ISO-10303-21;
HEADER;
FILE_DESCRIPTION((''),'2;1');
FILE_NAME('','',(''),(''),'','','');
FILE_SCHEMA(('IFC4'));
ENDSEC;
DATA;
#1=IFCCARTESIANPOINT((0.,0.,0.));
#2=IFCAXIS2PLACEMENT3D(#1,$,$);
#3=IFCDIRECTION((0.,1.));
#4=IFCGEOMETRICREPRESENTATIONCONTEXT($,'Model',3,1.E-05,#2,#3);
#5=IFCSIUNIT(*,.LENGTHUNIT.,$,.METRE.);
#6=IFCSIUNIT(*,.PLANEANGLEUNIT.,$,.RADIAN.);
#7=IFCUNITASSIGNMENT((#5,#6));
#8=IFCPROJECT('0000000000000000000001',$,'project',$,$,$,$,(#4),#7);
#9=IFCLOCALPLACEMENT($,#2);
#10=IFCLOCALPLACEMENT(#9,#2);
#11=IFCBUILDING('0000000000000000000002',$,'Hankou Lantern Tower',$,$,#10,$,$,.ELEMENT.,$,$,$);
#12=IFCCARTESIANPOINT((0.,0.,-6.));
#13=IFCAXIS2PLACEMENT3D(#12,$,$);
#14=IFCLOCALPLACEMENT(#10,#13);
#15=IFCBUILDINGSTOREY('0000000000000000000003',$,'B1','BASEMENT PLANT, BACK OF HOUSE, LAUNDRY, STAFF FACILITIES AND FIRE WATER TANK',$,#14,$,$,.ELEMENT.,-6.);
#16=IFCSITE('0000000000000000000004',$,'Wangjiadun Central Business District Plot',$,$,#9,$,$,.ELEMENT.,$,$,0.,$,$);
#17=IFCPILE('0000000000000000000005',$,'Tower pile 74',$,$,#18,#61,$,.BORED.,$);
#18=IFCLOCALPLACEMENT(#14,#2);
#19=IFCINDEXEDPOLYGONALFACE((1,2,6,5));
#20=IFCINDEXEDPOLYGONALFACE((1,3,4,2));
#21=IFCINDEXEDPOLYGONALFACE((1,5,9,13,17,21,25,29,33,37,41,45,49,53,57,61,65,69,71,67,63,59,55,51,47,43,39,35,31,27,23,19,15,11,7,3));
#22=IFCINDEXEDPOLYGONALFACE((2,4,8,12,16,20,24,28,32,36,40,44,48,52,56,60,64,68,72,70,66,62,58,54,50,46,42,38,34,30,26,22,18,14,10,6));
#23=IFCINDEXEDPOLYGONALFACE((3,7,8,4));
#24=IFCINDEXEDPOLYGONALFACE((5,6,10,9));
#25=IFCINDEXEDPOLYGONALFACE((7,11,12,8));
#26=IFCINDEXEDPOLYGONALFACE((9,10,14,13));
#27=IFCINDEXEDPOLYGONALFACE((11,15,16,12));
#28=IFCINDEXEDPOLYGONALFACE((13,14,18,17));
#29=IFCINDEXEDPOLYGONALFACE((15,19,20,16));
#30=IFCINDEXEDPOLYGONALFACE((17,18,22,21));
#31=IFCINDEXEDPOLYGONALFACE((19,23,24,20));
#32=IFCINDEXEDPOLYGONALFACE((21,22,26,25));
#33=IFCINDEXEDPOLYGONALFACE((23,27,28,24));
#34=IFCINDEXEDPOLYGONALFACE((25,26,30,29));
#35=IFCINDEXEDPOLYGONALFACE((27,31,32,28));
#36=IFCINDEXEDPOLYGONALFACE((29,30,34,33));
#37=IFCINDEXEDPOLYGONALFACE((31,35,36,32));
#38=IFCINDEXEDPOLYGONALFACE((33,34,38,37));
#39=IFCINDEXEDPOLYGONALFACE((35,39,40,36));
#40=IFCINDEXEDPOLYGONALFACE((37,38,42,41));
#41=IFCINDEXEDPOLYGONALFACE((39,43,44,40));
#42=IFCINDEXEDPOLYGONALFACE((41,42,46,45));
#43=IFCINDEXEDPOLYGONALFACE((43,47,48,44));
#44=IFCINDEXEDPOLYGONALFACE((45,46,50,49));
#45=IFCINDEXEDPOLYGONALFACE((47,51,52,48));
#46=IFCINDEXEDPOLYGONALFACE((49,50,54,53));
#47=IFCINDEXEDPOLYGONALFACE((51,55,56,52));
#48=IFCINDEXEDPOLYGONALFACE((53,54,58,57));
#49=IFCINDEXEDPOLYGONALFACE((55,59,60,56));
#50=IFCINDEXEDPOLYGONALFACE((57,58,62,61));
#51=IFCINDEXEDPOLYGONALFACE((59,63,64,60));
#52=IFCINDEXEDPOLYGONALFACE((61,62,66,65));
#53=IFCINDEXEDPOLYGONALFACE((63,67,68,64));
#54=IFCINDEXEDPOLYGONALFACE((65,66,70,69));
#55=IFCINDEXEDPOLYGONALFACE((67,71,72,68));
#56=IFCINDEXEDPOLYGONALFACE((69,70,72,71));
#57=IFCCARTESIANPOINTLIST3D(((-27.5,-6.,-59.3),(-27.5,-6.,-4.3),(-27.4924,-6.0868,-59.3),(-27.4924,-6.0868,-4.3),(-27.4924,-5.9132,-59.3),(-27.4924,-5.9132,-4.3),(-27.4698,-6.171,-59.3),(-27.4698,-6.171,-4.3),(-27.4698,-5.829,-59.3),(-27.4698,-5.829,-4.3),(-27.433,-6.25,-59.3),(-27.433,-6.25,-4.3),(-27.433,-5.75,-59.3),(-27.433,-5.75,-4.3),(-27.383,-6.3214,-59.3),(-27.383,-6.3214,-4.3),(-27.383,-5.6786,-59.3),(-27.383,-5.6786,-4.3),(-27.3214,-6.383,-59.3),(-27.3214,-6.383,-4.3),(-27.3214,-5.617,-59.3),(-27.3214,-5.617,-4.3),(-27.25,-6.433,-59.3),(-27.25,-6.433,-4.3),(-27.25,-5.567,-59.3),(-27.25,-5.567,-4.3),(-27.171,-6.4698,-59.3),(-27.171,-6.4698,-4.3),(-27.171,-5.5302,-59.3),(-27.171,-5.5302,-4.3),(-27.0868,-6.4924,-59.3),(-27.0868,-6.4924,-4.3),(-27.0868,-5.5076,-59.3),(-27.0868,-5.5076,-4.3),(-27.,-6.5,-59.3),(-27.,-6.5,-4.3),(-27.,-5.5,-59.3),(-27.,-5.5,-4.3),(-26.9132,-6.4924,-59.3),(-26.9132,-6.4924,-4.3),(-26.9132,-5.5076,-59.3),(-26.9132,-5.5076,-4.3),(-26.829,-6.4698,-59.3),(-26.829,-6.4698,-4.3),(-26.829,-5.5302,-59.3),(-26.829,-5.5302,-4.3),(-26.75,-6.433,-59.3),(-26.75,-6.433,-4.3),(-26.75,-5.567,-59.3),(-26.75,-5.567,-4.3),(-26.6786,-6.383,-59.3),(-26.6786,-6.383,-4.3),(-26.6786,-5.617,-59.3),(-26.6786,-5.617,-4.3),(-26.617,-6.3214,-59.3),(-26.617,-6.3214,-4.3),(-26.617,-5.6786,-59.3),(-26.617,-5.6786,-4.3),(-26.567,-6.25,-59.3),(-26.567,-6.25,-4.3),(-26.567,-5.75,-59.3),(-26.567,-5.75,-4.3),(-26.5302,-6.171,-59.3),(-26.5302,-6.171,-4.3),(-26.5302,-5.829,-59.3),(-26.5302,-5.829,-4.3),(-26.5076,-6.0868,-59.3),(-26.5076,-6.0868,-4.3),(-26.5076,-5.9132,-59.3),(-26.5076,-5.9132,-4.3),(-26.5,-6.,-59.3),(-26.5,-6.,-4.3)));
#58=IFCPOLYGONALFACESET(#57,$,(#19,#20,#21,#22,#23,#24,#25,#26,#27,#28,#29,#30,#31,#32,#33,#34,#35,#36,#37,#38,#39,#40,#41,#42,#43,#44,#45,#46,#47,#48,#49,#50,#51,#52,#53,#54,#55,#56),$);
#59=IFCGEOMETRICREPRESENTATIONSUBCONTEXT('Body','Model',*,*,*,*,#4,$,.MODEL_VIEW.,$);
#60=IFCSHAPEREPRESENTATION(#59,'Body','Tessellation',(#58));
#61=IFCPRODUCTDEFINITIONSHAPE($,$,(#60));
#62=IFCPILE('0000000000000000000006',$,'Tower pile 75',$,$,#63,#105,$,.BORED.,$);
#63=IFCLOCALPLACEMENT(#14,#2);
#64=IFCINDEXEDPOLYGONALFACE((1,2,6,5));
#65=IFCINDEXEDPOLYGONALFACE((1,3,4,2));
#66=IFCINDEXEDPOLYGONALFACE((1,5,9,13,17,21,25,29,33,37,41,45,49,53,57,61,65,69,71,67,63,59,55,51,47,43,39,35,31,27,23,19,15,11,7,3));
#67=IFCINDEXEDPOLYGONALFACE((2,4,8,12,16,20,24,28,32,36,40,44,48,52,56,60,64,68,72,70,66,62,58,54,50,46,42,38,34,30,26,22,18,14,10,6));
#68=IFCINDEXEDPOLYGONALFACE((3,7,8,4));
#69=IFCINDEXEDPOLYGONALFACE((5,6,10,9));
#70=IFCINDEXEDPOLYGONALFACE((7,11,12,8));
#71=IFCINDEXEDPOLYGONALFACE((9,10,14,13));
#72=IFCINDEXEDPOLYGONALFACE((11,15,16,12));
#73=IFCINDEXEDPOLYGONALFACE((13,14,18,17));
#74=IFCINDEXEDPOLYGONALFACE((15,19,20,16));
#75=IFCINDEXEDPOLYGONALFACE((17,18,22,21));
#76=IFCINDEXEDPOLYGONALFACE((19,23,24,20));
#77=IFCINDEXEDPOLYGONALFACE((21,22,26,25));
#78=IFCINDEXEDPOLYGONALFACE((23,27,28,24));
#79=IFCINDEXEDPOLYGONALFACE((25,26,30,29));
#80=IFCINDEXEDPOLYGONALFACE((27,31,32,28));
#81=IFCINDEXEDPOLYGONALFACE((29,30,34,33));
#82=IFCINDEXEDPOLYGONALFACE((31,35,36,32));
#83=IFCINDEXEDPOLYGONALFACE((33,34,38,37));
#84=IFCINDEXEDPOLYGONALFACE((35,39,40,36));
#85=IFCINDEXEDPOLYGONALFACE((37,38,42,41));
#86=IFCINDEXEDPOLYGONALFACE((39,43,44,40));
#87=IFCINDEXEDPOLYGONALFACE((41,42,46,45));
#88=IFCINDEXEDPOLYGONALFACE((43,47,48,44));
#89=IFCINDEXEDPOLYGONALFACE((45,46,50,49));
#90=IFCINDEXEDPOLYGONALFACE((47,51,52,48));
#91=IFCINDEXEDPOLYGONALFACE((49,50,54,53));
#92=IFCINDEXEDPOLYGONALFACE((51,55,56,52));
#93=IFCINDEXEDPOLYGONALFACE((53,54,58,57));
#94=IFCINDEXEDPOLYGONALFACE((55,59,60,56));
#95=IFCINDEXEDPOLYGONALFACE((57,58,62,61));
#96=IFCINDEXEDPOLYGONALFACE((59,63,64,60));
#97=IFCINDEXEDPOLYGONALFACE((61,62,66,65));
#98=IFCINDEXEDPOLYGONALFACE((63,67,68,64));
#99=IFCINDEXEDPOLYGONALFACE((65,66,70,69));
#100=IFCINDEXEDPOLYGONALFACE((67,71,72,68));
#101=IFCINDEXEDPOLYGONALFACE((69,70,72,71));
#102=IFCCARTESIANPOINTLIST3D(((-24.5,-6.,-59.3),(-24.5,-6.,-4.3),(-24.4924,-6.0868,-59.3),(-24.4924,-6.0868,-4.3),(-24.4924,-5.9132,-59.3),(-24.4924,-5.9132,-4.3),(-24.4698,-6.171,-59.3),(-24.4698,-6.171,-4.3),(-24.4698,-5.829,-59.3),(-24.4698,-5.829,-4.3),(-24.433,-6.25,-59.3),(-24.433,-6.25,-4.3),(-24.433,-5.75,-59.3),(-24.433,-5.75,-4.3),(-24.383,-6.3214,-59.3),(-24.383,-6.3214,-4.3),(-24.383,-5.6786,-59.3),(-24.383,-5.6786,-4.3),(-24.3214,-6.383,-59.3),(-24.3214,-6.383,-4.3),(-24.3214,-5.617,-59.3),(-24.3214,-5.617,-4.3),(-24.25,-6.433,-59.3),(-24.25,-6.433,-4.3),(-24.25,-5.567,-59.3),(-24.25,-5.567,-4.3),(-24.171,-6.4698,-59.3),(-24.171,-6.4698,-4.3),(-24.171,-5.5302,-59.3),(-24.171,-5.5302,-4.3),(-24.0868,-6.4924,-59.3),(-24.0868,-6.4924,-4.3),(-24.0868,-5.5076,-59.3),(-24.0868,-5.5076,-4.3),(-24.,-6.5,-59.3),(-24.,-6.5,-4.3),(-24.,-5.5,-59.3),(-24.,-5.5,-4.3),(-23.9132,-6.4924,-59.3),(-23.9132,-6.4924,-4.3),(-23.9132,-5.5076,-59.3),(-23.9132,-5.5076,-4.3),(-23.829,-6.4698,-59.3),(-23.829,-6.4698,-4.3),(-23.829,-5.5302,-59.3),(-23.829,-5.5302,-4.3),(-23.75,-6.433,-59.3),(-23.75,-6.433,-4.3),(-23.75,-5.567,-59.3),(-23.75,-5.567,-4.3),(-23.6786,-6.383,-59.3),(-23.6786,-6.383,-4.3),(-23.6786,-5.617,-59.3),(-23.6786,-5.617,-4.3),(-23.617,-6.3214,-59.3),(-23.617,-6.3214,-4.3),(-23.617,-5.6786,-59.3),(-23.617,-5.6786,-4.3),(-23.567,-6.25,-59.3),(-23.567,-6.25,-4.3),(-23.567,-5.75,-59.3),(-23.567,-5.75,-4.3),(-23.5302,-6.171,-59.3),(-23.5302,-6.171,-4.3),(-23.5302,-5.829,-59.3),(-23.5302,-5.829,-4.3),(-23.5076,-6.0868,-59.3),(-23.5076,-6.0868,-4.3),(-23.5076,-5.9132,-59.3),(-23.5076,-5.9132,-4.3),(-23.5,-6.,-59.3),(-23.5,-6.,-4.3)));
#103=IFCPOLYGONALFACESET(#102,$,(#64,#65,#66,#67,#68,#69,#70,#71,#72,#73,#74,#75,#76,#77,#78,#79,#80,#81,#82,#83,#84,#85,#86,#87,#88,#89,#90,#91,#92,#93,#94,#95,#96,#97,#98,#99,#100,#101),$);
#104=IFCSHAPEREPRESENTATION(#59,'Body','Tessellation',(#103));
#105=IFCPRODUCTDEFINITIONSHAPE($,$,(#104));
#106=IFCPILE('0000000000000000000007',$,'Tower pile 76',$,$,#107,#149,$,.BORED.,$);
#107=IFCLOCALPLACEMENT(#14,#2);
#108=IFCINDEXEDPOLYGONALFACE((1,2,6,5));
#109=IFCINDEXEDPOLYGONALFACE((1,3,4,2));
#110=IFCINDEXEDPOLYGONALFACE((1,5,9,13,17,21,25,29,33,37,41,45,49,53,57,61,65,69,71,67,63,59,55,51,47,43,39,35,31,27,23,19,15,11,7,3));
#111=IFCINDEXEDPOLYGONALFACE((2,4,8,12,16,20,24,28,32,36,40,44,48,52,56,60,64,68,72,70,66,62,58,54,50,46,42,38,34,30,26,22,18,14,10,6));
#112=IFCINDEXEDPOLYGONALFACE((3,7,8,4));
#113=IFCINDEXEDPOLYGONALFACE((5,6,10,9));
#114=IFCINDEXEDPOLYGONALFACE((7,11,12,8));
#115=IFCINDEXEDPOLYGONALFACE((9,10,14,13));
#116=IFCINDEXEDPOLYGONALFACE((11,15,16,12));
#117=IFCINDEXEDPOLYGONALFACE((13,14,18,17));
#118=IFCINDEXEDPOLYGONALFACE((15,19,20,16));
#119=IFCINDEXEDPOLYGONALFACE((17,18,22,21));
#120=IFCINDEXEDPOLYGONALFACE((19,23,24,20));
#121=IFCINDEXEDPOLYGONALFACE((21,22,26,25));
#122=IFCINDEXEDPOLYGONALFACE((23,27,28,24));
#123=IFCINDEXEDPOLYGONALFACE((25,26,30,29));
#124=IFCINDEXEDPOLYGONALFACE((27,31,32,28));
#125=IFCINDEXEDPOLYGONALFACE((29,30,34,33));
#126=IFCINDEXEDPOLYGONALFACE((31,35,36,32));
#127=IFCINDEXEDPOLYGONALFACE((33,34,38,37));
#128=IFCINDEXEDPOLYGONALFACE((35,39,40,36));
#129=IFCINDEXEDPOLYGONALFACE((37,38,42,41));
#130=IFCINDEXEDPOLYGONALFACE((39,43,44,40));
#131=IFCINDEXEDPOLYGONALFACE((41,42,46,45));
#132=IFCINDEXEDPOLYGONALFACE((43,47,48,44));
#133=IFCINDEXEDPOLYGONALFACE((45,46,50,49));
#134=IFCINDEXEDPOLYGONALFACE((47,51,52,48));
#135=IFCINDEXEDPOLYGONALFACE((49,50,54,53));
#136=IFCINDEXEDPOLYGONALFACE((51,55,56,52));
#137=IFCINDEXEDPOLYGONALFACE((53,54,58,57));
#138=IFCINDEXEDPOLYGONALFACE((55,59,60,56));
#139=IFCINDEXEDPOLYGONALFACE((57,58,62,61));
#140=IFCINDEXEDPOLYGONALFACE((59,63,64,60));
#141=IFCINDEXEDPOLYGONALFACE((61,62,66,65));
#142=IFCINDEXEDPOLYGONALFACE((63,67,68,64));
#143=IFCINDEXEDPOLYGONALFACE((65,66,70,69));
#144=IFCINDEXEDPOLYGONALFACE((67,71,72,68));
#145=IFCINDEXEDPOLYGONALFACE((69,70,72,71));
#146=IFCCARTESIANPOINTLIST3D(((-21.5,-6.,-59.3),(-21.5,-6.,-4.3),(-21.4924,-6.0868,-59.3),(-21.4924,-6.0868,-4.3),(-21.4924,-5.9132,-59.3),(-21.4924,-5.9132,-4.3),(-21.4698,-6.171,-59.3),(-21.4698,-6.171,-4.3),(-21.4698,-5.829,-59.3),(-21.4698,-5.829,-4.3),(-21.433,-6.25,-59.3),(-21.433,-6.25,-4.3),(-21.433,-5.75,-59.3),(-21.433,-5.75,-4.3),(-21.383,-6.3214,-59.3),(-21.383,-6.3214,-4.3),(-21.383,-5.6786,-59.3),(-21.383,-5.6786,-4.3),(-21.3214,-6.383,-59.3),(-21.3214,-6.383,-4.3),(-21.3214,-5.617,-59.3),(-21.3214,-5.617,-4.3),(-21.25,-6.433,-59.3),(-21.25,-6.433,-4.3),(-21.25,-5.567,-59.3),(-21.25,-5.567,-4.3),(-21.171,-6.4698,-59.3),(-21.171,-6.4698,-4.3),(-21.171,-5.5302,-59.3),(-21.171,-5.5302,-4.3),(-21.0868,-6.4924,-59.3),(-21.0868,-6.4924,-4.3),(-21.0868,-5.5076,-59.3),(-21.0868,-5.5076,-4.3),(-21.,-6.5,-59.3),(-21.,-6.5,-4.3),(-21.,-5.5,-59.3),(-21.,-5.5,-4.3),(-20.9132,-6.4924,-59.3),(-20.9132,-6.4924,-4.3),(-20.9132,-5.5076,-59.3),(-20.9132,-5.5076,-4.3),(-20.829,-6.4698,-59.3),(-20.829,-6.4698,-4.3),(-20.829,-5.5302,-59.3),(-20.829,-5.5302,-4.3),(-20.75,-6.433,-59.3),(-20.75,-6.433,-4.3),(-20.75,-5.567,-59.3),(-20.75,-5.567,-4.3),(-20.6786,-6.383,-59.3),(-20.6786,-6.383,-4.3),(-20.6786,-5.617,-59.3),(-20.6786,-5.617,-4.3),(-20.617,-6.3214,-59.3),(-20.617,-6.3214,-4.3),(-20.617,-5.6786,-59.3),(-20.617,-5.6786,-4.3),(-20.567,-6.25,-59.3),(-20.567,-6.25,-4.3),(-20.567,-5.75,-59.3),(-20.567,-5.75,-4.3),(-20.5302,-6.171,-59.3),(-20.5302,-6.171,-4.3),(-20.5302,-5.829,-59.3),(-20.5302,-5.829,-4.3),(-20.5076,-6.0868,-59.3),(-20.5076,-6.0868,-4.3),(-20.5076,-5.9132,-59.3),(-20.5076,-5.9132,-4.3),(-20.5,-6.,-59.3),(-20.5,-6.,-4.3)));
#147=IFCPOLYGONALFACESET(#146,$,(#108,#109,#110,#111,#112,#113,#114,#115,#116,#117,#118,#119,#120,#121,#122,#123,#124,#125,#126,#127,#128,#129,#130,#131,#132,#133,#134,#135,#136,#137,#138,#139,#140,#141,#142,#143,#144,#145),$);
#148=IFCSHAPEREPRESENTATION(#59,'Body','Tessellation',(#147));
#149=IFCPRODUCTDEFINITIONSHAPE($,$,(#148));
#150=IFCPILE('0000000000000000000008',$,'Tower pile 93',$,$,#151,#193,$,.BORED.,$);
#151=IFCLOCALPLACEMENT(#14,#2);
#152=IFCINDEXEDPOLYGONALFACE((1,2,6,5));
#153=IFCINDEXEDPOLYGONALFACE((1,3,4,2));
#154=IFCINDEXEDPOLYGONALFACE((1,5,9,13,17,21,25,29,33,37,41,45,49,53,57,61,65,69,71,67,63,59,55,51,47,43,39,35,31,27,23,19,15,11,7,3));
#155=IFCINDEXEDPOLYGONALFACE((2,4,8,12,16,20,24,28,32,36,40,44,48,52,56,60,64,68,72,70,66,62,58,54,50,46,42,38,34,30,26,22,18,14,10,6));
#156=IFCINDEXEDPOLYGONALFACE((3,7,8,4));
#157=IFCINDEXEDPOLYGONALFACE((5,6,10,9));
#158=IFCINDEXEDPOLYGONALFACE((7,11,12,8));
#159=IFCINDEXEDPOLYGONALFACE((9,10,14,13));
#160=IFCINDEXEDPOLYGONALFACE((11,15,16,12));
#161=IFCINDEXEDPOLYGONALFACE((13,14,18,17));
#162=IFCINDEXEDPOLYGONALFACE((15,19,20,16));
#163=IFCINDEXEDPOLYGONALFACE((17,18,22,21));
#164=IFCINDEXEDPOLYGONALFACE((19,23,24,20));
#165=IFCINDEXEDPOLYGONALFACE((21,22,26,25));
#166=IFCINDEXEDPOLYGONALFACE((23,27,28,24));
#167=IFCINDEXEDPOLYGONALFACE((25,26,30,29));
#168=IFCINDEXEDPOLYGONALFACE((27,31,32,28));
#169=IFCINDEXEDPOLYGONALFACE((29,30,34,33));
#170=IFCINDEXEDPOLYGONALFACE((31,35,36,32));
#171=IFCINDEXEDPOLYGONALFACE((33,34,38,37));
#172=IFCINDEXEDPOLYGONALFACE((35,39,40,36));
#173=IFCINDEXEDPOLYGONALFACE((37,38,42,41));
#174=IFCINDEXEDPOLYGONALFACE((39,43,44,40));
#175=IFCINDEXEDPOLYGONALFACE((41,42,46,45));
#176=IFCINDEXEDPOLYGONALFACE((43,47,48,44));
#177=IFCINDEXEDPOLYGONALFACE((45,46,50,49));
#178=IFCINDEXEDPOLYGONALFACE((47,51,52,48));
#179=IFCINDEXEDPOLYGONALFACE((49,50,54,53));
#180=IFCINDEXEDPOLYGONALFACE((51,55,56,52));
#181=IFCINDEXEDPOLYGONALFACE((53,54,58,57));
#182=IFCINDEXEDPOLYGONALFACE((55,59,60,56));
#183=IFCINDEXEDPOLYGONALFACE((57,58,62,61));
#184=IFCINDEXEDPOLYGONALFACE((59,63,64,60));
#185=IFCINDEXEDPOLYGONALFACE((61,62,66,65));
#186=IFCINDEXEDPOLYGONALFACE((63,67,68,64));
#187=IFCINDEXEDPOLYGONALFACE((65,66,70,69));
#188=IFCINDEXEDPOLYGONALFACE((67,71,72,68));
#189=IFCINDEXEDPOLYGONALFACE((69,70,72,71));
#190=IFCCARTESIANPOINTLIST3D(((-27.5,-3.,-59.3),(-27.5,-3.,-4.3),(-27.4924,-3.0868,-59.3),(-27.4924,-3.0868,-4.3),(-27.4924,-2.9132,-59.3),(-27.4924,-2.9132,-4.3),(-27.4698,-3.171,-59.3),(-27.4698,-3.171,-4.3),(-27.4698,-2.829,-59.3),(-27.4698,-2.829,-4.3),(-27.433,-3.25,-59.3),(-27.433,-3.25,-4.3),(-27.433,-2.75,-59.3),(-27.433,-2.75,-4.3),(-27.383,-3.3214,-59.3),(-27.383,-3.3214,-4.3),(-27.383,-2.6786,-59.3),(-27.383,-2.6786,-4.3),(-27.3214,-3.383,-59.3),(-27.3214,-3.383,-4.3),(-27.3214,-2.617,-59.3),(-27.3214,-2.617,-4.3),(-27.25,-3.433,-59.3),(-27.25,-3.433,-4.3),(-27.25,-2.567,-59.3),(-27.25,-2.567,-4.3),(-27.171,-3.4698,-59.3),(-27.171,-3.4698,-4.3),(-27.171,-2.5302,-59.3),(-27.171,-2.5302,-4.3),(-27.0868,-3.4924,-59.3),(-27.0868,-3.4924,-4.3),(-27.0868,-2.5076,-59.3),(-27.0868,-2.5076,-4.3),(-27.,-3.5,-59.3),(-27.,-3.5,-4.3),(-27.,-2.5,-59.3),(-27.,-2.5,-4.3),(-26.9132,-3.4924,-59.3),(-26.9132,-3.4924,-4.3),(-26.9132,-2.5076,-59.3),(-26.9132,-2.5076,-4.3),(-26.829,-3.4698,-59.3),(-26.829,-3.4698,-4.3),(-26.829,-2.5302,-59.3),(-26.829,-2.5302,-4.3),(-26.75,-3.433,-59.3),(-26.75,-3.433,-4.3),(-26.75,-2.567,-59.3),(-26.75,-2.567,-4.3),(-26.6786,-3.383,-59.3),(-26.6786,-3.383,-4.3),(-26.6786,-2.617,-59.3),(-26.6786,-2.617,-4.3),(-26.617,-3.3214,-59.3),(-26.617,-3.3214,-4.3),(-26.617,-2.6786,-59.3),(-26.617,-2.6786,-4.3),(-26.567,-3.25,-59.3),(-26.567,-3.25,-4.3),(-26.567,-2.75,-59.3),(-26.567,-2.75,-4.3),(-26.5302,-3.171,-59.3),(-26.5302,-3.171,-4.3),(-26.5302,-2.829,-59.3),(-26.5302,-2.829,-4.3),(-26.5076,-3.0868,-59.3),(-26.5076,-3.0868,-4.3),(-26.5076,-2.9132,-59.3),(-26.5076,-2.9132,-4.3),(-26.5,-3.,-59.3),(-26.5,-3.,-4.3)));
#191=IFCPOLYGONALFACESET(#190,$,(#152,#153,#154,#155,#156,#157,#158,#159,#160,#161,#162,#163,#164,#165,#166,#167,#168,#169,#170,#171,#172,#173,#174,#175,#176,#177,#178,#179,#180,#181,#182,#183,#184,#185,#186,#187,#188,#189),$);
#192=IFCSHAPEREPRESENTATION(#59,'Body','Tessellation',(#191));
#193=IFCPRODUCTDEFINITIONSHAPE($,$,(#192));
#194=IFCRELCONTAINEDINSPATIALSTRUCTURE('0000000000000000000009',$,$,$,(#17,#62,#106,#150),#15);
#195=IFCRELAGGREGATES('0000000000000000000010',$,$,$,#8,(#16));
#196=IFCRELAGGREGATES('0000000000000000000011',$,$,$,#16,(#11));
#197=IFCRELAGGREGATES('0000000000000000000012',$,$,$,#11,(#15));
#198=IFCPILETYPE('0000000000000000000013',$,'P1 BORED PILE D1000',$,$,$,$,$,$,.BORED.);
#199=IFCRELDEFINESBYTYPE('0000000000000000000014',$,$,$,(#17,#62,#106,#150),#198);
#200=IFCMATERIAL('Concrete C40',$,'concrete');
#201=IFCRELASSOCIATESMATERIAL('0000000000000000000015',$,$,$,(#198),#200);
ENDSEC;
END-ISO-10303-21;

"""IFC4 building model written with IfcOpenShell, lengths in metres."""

from ifc_helpers import new_model, si_unit, direction, frame, origin, origin_2d, place, context, subcontext, project, spatial, circle, extrude, material, material_profile, profile_set, type_object, element, save


model = new_model("IFC4")

# Units and contexts
model_context = context("Model", 3, precision=1e-05, world=origin(), true_north=direction((0.0, 1.0)))
body_context = subcontext(model_context, "Body", "Model", "MODEL_VIEW")
ifc_project = project(units=[si_unit("LENGTHUNIT", "METRE"), si_unit("PLANEANGLEUNIT", "RADIAN")], contexts=[model_context])

# Site, building, storey
site_placement = place(None, origin())
site = spatial("IfcSite", under=ifc_project, at=site_placement, Name="Wangjiadun Central Business District Plot", CompositionType="ELEMENT", RefElevation=0.0)
building_placement = place(site_placement, origin())
building = spatial("IfcBuilding", under=site, at=building_placement, Name="Hankou Lantern Tower", CompositionType="ELEMENT")
storey_placement = place(building_placement, frame((0.0, 0.0, -6.0)))
storey = spatial("IfcBuildingStorey", under=building, at=storey_placement, Name="B1", Description="BASEMENT PLANT, BACK OF HOUSE, LAUNDRY, STAFF FACILITIES AND FIRE WATER TANK", CompositionType="ELEMENT", Elevation=-6.0)

# Piles
ifc_material_1 = material(Name="Concrete C40", Category="concrete")
ifc_material_profile_1 = material_profile(ifc_material_1, circle(Radius=0.5, at=origin_2d()), Name="RC D1000")
ifc_profile_set_1 = profile_set([ifc_material_profile_1], Name="Concrete C40")
pile_type_1 = type_object("IfcPileType", Name="P1 BORED PILE D1000", PredefinedType="BORED", material=ifc_profile_set_1)
for number, where, z_axis, x_axis, name in (
    (1, (-27.0, -6.0, -4.3), (0.0, 0.0, -1.0), (1.0, 0.0, 0.0), "Tower pile 74"),
    (2, (-24.0, -6.0, -4.3), (0.0, 0.0, -1.0), (1.0, 0.0, 0.0), "Tower pile 75"),
    (3, (-21.0, -6.0, -4.3), (0.0, 0.0, -1.0), (1.0, 0.0, 0.0), "Tower pile 76"),
    (4, (-27.0, -3.0, -4.3), (0.0, 0.0, -1.0), (1.0, 0.0, 0.0), "Tower pile 93"),
):
    element("IfcPile", number, at=place(storey_placement, frame(where, z_axis=z_axis, x_axis=x_axis)), inside=storey, type_object=pile_type_1, Name=name, PredefinedType="BORED", context=body_context, shape_type="SweptSolid", body=[
        extrude(circle(Radius=0.5, at=origin_2d()), origin(), (0.0, 0.0, 1.0), 55.0),
    ])

save(model, "model.ifc")
